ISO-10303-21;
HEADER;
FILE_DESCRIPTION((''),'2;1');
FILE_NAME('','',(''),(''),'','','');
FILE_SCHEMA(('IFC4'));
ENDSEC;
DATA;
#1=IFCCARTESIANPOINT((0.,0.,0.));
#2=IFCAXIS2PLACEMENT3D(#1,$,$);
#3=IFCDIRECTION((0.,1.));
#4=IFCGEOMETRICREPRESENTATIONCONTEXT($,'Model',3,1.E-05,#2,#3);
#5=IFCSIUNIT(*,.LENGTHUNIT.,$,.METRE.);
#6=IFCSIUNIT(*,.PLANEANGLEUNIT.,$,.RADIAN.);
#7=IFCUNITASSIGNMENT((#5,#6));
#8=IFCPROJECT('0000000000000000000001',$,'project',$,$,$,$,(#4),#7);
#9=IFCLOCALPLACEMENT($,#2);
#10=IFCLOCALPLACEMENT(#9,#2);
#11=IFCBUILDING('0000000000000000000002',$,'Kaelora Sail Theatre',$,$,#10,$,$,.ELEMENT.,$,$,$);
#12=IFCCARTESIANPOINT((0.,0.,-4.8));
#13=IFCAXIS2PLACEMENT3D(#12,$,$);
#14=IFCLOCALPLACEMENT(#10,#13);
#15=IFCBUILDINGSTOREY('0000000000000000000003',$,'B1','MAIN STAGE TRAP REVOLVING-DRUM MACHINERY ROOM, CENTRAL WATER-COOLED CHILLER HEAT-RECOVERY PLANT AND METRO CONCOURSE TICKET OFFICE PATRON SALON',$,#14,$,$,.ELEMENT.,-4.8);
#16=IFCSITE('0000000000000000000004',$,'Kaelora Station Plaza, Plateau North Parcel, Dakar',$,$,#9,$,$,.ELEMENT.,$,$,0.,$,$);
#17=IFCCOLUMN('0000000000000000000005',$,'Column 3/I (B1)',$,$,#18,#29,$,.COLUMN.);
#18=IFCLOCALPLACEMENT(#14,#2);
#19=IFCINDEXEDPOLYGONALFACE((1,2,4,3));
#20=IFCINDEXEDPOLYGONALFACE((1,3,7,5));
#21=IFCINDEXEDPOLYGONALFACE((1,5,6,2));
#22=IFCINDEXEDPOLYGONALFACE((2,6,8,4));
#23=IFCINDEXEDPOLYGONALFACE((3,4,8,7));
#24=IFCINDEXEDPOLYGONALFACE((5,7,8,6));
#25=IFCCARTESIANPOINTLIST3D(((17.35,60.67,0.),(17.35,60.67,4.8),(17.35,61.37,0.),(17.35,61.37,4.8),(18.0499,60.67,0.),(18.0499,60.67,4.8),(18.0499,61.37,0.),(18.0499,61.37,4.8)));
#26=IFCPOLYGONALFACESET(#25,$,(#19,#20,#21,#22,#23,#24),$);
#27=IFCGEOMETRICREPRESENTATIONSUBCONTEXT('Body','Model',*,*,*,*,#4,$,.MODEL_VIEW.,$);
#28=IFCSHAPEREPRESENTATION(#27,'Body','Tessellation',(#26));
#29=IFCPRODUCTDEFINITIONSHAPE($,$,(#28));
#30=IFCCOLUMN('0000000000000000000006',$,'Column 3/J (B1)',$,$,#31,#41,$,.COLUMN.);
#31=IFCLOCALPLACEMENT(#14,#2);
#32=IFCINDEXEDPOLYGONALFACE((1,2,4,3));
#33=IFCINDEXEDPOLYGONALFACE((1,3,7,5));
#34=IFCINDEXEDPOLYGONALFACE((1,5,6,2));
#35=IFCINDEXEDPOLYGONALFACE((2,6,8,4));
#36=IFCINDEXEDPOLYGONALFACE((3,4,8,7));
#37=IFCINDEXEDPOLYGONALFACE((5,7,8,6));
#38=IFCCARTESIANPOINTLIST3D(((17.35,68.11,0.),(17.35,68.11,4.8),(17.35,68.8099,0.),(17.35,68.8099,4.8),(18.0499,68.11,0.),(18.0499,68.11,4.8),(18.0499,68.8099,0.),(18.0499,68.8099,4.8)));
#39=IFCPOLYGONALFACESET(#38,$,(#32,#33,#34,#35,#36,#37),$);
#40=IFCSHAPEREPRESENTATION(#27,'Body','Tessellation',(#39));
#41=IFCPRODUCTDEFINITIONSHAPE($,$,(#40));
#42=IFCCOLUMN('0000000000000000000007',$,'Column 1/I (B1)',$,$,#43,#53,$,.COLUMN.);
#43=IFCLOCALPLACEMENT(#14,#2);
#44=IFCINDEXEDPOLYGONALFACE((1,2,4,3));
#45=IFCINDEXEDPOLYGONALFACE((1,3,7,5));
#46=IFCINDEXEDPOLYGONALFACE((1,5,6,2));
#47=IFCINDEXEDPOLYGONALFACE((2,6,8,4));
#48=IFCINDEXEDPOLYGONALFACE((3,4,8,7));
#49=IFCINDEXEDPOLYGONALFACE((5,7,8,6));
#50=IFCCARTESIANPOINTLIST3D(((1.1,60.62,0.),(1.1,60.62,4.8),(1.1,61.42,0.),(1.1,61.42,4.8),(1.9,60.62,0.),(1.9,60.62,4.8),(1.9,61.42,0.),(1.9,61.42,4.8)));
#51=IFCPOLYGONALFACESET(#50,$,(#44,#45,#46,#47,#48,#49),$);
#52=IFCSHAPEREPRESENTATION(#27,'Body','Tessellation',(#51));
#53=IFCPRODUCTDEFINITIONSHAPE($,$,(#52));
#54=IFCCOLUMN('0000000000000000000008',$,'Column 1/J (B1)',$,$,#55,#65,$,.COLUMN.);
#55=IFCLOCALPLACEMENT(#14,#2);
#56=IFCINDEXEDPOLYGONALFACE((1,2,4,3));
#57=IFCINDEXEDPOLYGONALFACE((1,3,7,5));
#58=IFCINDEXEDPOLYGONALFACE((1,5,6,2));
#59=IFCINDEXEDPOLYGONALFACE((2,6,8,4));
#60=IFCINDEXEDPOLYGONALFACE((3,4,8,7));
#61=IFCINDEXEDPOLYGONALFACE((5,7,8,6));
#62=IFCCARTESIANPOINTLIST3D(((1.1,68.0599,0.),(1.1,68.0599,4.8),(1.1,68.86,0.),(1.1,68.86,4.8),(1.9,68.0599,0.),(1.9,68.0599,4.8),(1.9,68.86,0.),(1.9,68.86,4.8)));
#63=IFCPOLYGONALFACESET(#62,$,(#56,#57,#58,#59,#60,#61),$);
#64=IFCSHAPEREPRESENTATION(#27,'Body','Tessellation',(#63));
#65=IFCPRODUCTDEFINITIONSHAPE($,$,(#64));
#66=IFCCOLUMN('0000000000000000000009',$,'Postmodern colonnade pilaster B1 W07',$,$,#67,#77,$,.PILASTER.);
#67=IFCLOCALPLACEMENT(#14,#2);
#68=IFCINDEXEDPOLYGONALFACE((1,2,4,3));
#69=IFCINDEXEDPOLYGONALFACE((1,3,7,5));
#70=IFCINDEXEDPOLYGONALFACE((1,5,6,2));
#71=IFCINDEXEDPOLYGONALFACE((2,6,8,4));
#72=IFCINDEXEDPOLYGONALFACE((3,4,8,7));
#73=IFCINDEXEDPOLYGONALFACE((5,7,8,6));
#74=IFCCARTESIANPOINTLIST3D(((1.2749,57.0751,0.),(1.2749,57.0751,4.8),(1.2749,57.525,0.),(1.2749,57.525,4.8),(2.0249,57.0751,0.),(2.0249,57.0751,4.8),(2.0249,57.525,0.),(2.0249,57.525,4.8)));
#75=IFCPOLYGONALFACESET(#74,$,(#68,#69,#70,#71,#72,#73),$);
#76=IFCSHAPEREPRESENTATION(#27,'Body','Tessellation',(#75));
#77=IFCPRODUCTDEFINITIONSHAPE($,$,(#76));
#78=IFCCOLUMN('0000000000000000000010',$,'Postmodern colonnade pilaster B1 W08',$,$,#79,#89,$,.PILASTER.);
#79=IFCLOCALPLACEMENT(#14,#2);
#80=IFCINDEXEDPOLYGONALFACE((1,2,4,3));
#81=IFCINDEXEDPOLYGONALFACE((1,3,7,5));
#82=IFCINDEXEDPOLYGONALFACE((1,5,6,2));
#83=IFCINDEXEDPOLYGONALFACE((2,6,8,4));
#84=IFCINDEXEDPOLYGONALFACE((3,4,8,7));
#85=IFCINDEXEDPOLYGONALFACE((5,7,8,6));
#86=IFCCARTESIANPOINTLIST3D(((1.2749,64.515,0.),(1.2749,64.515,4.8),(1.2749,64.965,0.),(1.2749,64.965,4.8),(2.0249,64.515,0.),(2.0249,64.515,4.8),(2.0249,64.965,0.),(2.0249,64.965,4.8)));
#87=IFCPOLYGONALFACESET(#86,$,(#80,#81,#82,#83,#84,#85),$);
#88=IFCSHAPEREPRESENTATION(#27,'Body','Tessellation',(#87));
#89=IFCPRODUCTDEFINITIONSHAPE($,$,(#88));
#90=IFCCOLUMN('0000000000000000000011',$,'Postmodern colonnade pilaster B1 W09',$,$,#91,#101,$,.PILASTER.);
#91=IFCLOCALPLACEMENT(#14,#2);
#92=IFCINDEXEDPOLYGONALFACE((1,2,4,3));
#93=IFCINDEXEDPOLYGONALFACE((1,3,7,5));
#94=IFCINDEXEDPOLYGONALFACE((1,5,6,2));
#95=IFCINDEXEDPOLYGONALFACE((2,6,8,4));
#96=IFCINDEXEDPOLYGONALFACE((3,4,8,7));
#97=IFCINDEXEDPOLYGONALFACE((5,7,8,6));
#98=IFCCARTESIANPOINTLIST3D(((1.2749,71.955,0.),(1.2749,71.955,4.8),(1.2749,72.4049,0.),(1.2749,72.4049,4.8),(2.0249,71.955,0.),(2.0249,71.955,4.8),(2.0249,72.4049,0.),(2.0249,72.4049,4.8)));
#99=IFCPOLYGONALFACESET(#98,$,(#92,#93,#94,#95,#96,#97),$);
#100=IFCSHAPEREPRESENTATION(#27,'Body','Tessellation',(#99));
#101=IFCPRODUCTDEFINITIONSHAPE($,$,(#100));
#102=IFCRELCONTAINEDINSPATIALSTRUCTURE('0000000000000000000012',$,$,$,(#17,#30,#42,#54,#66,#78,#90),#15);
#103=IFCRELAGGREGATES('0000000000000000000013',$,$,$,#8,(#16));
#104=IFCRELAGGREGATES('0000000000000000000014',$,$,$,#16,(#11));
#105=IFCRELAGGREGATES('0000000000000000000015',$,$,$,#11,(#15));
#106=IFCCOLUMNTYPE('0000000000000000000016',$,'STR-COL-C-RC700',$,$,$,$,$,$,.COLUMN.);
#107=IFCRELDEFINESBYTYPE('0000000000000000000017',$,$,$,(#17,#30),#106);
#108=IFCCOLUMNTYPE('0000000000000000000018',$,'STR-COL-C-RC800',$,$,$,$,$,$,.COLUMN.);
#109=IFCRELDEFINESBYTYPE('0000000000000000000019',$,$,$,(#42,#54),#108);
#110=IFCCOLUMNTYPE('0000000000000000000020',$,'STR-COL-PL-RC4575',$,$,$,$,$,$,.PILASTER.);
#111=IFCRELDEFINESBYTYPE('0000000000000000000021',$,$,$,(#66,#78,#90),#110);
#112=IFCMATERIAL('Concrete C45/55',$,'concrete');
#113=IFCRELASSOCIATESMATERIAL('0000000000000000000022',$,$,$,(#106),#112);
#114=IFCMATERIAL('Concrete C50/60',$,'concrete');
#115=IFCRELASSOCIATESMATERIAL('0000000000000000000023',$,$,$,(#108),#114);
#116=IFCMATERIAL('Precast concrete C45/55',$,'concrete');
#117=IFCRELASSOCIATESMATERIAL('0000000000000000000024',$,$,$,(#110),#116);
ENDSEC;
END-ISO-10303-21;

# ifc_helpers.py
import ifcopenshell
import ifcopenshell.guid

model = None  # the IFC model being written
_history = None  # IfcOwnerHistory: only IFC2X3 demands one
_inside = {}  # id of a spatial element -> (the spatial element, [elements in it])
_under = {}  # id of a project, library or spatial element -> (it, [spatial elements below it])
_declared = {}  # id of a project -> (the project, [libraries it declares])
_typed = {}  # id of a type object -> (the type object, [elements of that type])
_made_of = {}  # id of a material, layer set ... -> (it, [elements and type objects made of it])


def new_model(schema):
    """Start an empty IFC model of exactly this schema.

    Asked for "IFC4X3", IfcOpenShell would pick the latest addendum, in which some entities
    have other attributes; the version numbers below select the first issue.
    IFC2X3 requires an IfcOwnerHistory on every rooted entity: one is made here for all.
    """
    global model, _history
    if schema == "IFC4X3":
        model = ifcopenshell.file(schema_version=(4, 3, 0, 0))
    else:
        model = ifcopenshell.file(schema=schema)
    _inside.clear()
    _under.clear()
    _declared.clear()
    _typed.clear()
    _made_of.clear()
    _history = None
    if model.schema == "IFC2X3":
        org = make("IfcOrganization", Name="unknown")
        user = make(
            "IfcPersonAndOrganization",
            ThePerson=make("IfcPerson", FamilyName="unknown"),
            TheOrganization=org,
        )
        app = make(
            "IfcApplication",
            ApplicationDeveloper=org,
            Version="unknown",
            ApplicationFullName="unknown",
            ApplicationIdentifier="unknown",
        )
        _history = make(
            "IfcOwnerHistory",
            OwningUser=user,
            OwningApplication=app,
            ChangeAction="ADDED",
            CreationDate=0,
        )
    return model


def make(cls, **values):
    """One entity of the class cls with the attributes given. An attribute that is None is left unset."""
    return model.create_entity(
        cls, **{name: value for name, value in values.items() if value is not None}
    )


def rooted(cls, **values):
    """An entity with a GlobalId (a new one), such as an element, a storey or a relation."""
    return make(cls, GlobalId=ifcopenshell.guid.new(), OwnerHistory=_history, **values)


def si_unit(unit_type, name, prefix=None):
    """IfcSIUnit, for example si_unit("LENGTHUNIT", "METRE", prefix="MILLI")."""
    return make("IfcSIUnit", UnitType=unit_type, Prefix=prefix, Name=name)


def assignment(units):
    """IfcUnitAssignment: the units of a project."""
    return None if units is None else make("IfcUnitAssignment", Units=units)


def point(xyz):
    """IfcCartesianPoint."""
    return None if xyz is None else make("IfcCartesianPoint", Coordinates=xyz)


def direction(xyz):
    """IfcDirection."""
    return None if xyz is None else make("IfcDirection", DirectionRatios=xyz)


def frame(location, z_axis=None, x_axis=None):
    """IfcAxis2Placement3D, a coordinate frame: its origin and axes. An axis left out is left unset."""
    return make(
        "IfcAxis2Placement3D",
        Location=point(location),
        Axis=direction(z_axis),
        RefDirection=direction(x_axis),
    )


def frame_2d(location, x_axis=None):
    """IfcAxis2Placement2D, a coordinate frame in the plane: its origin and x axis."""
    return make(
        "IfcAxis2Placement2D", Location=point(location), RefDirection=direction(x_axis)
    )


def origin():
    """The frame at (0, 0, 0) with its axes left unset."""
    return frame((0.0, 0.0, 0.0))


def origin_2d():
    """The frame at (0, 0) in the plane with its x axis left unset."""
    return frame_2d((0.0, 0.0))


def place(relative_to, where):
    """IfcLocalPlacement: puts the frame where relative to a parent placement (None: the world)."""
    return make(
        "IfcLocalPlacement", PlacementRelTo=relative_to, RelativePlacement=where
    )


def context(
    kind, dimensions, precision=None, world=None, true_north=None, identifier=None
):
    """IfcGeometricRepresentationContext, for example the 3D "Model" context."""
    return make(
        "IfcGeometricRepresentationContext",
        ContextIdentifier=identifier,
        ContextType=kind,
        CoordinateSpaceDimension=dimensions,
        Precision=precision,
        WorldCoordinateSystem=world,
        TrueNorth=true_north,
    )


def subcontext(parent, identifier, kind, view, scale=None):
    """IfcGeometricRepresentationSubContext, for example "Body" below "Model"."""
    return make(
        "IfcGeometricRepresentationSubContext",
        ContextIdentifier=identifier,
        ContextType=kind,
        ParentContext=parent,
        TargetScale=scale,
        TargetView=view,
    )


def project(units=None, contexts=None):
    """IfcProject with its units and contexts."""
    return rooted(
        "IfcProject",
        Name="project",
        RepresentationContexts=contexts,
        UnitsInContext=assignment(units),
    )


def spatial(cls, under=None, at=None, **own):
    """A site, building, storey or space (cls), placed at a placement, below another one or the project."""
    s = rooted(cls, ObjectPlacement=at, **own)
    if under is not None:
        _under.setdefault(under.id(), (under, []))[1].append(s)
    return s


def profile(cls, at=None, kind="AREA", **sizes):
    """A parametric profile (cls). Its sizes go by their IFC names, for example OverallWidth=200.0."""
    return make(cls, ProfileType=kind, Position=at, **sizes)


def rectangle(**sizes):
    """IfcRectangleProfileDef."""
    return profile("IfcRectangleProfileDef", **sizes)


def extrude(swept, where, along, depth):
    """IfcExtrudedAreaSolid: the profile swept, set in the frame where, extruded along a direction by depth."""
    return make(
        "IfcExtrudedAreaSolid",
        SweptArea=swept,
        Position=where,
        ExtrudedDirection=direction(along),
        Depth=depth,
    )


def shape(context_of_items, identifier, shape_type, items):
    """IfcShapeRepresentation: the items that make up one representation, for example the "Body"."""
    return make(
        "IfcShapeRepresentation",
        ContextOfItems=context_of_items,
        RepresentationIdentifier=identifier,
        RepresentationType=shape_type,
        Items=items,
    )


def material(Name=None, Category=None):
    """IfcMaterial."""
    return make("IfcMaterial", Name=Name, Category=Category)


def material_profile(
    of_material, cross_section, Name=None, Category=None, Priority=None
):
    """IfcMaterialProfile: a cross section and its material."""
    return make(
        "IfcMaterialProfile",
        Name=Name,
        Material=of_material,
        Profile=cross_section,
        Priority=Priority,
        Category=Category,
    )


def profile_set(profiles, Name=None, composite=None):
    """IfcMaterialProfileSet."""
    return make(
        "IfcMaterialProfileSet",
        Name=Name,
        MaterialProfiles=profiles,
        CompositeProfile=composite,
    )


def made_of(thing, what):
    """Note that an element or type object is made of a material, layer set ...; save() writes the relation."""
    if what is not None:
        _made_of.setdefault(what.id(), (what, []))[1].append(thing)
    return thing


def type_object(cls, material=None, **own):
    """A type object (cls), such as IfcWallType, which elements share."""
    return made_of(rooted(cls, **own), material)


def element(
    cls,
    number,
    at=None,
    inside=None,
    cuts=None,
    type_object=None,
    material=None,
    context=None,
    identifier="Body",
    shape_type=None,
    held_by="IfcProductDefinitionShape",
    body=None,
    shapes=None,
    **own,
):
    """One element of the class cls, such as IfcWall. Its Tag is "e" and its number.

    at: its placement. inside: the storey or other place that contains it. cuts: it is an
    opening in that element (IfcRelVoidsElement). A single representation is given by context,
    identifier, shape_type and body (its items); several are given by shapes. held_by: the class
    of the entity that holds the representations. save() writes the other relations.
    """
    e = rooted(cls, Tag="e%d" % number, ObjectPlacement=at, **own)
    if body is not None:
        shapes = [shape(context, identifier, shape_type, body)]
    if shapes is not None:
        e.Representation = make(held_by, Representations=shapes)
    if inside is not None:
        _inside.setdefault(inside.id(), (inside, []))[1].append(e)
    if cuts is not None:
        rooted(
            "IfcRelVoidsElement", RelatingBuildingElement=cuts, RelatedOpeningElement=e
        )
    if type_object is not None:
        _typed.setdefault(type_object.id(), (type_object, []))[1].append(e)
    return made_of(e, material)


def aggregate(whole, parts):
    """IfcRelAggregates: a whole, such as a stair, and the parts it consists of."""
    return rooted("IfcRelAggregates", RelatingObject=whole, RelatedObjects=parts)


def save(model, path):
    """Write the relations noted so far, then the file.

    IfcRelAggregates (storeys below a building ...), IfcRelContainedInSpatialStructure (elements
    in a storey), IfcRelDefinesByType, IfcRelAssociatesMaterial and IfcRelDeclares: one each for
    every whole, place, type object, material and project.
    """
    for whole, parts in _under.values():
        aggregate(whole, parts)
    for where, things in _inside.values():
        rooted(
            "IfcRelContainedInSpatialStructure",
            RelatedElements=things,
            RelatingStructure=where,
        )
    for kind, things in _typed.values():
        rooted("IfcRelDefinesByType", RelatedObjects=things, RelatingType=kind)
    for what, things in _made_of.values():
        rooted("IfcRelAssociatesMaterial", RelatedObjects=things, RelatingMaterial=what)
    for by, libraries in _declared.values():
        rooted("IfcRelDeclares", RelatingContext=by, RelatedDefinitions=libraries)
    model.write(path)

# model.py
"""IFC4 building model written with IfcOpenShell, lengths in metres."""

from ifc_helpers import new_model, si_unit, direction, frame, origin, origin_2d, place, context, subcontext, project, spatial, rectangle, extrude, material, material_profile, profile_set, type_object, element, save


model = new_model("IFC4")

# Units and contexts
model_context = context("Model", 3, precision=1e-05, world=origin(), true_north=direction((0.0, 1.0)))
body_context = subcontext(model_context, "Body", "Model", "MODEL_VIEW")
ifc_project = project(units=[si_unit("LENGTHUNIT", "METRE"), si_unit("PLANEANGLEUNIT", "RADIAN")], contexts=[model_context])

# Site, building, storey
site_placement = place(None, origin())
site = spatial("IfcSite", under=ifc_project, at=site_placement, Name="Kaelora Station Plaza, Plateau North Parcel, Dakar", CompositionType="ELEMENT", RefElevation=0.0)
building_placement = place(site_placement, origin())
building = spatial("IfcBuilding", under=site, at=building_placement, Name="Kaelora Sail Theatre", CompositionType="ELEMENT")
storey_placement = place(building_placement, frame((0.0, 0.0, -4.8)))
storey = spatial("IfcBuildingStorey", under=building, at=storey_placement, Name="B1", Description="MAIN STAGE TRAP REVOLVING-DRUM MACHINERY ROOM, CENTRAL WATER-COOLED CHILLER HEAT-RECOVERY PLANT AND METRO CONCOURSE TICKET OFFICE PATRON SALON", CompositionType="ELEMENT", Elevation=-4.8)

# Columns
ifc_material_1 = material(Name="Concrete C45/55", Category="concrete")
ifc_material_profile_1 = material_profile(ifc_material_1, rectangle(XDim=0.7, YDim=0.7, at=origin_2d()), Name="RC-COL 700x700")
ifc_profile_set_1 = profile_set([ifc_material_profile_1], Name="Concrete C45/55")
column_type_1 = type_object("IfcColumnType", Name="STR-COL-C-RC700", PredefinedType="COLUMN", material=ifc_profile_set_1)
for number, where, z_axis, x_axis, name in (
    (1, (17.7, 61.02, 0.0), (0.0, 0.0, 1.0), (1.0, 0.0, 0.0), "Column 3/I (B1)"),
    (2, (17.7, 68.46, 0.0), (0.0, 0.0, 1.0), (1.0, 0.0, 0.0), "Column 3/J (B1)"),
):
    element("IfcColumn", number, at=place(storey_placement, frame(where, z_axis=z_axis, x_axis=x_axis)), inside=storey, type_object=column_type_1, Name=name, PredefinedType="COLUMN", context=body_context, shape_type="SweptSolid", body=[
        extrude(rectangle(XDim=0.7, YDim=0.7, at=origin_2d()), origin(), (0.0, 0.0, 1.0), 4.8),
    ])
ifc_material_2 = material(Name="Concrete C50/60", Category="concrete")
ifc_material_profile_2 = material_profile(ifc_material_2, rectangle(XDim=0.8, YDim=0.8, at=origin_2d()), Name="RC-COL 800x800")
ifc_profile_set_2 = profile_set([ifc_material_profile_2], Name="Concrete C50/60")
column_type_2 = type_object("IfcColumnType", Name="STR-COL-C-RC800", PredefinedType="COLUMN", material=ifc_profile_set_2)
for number, where, z_axis, x_axis, name in (
    (3, (1.5, 61.02, 0.0), (0.0, 0.0, 1.0), (1.0, 0.0, 0.0), "Column 1/I (B1)"),
    (4, (1.5, 68.46, 0.0), (0.0, 0.0, 1.0), (1.0, 0.0, 0.0), "Column 1/J (B1)"),
):
    element("IfcColumn", number, at=place(storey_placement, frame(where, z_axis=z_axis, x_axis=x_axis)), inside=storey, type_object=column_type_2, Name=name, PredefinedType="COLUMN", context=body_context, shape_type="SweptSolid", body=[
        extrude(rectangle(XDim=0.8, YDim=0.8, at=origin_2d()), origin(), (0.0, 0.0, 1.0), 4.8),
    ])
ifc_material_3 = material(Name="Precast concrete C45/55", Category="concrete")
ifc_material_profile_3 = material_profile(ifc_material_3, rectangle(XDim=0.45, YDim=0.75, at=origin_2d()), Name="RC-PIL 450x750")
ifc_profile_set_3 = profile_set([ifc_material_profile_3], Name="Precast concrete C45/55")
column_type_3 = type_object("IfcColumnType", Name="STR-COL-PL-RC4575", PredefinedType="PILASTER", material=ifc_profile_set_3)
for number, where, z_axis, x_axis, name in (
    (5, (1.6499, 57.3, 0.0), (0.0, 0.0, 1.0), (0.0, 1.0, 0.0), "Postmodern colonnade pilaster B1 W07"),
    (6, (1.6499, 64.74, 0.0), (0.0, 0.0, 1.0), (0.0, 1.0, 0.0), "Postmodern colonnade pilaster B1 W08"),
    (7, (1.6499, 72.1799, 0.0), (0.0, 0.0, 1.0), (0.0, 1.0, 0.0), "Postmodern colonnade pilaster B1 W09"),
):
    element("IfcColumn", number, at=place(storey_placement, frame(where, z_axis=z_axis, x_axis=x_axis)), inside=storey, type_object=column_type_3, Name=name, PredefinedType="PILASTER", context=body_context, shape_type="SweptSolid", body=[
        extrude(rectangle(XDim=0.45, YDim=0.75, at=origin_2d()), origin(), (0.0, 0.0, 1.0), 4.8),
    ])

save(model, "model.ifc")
